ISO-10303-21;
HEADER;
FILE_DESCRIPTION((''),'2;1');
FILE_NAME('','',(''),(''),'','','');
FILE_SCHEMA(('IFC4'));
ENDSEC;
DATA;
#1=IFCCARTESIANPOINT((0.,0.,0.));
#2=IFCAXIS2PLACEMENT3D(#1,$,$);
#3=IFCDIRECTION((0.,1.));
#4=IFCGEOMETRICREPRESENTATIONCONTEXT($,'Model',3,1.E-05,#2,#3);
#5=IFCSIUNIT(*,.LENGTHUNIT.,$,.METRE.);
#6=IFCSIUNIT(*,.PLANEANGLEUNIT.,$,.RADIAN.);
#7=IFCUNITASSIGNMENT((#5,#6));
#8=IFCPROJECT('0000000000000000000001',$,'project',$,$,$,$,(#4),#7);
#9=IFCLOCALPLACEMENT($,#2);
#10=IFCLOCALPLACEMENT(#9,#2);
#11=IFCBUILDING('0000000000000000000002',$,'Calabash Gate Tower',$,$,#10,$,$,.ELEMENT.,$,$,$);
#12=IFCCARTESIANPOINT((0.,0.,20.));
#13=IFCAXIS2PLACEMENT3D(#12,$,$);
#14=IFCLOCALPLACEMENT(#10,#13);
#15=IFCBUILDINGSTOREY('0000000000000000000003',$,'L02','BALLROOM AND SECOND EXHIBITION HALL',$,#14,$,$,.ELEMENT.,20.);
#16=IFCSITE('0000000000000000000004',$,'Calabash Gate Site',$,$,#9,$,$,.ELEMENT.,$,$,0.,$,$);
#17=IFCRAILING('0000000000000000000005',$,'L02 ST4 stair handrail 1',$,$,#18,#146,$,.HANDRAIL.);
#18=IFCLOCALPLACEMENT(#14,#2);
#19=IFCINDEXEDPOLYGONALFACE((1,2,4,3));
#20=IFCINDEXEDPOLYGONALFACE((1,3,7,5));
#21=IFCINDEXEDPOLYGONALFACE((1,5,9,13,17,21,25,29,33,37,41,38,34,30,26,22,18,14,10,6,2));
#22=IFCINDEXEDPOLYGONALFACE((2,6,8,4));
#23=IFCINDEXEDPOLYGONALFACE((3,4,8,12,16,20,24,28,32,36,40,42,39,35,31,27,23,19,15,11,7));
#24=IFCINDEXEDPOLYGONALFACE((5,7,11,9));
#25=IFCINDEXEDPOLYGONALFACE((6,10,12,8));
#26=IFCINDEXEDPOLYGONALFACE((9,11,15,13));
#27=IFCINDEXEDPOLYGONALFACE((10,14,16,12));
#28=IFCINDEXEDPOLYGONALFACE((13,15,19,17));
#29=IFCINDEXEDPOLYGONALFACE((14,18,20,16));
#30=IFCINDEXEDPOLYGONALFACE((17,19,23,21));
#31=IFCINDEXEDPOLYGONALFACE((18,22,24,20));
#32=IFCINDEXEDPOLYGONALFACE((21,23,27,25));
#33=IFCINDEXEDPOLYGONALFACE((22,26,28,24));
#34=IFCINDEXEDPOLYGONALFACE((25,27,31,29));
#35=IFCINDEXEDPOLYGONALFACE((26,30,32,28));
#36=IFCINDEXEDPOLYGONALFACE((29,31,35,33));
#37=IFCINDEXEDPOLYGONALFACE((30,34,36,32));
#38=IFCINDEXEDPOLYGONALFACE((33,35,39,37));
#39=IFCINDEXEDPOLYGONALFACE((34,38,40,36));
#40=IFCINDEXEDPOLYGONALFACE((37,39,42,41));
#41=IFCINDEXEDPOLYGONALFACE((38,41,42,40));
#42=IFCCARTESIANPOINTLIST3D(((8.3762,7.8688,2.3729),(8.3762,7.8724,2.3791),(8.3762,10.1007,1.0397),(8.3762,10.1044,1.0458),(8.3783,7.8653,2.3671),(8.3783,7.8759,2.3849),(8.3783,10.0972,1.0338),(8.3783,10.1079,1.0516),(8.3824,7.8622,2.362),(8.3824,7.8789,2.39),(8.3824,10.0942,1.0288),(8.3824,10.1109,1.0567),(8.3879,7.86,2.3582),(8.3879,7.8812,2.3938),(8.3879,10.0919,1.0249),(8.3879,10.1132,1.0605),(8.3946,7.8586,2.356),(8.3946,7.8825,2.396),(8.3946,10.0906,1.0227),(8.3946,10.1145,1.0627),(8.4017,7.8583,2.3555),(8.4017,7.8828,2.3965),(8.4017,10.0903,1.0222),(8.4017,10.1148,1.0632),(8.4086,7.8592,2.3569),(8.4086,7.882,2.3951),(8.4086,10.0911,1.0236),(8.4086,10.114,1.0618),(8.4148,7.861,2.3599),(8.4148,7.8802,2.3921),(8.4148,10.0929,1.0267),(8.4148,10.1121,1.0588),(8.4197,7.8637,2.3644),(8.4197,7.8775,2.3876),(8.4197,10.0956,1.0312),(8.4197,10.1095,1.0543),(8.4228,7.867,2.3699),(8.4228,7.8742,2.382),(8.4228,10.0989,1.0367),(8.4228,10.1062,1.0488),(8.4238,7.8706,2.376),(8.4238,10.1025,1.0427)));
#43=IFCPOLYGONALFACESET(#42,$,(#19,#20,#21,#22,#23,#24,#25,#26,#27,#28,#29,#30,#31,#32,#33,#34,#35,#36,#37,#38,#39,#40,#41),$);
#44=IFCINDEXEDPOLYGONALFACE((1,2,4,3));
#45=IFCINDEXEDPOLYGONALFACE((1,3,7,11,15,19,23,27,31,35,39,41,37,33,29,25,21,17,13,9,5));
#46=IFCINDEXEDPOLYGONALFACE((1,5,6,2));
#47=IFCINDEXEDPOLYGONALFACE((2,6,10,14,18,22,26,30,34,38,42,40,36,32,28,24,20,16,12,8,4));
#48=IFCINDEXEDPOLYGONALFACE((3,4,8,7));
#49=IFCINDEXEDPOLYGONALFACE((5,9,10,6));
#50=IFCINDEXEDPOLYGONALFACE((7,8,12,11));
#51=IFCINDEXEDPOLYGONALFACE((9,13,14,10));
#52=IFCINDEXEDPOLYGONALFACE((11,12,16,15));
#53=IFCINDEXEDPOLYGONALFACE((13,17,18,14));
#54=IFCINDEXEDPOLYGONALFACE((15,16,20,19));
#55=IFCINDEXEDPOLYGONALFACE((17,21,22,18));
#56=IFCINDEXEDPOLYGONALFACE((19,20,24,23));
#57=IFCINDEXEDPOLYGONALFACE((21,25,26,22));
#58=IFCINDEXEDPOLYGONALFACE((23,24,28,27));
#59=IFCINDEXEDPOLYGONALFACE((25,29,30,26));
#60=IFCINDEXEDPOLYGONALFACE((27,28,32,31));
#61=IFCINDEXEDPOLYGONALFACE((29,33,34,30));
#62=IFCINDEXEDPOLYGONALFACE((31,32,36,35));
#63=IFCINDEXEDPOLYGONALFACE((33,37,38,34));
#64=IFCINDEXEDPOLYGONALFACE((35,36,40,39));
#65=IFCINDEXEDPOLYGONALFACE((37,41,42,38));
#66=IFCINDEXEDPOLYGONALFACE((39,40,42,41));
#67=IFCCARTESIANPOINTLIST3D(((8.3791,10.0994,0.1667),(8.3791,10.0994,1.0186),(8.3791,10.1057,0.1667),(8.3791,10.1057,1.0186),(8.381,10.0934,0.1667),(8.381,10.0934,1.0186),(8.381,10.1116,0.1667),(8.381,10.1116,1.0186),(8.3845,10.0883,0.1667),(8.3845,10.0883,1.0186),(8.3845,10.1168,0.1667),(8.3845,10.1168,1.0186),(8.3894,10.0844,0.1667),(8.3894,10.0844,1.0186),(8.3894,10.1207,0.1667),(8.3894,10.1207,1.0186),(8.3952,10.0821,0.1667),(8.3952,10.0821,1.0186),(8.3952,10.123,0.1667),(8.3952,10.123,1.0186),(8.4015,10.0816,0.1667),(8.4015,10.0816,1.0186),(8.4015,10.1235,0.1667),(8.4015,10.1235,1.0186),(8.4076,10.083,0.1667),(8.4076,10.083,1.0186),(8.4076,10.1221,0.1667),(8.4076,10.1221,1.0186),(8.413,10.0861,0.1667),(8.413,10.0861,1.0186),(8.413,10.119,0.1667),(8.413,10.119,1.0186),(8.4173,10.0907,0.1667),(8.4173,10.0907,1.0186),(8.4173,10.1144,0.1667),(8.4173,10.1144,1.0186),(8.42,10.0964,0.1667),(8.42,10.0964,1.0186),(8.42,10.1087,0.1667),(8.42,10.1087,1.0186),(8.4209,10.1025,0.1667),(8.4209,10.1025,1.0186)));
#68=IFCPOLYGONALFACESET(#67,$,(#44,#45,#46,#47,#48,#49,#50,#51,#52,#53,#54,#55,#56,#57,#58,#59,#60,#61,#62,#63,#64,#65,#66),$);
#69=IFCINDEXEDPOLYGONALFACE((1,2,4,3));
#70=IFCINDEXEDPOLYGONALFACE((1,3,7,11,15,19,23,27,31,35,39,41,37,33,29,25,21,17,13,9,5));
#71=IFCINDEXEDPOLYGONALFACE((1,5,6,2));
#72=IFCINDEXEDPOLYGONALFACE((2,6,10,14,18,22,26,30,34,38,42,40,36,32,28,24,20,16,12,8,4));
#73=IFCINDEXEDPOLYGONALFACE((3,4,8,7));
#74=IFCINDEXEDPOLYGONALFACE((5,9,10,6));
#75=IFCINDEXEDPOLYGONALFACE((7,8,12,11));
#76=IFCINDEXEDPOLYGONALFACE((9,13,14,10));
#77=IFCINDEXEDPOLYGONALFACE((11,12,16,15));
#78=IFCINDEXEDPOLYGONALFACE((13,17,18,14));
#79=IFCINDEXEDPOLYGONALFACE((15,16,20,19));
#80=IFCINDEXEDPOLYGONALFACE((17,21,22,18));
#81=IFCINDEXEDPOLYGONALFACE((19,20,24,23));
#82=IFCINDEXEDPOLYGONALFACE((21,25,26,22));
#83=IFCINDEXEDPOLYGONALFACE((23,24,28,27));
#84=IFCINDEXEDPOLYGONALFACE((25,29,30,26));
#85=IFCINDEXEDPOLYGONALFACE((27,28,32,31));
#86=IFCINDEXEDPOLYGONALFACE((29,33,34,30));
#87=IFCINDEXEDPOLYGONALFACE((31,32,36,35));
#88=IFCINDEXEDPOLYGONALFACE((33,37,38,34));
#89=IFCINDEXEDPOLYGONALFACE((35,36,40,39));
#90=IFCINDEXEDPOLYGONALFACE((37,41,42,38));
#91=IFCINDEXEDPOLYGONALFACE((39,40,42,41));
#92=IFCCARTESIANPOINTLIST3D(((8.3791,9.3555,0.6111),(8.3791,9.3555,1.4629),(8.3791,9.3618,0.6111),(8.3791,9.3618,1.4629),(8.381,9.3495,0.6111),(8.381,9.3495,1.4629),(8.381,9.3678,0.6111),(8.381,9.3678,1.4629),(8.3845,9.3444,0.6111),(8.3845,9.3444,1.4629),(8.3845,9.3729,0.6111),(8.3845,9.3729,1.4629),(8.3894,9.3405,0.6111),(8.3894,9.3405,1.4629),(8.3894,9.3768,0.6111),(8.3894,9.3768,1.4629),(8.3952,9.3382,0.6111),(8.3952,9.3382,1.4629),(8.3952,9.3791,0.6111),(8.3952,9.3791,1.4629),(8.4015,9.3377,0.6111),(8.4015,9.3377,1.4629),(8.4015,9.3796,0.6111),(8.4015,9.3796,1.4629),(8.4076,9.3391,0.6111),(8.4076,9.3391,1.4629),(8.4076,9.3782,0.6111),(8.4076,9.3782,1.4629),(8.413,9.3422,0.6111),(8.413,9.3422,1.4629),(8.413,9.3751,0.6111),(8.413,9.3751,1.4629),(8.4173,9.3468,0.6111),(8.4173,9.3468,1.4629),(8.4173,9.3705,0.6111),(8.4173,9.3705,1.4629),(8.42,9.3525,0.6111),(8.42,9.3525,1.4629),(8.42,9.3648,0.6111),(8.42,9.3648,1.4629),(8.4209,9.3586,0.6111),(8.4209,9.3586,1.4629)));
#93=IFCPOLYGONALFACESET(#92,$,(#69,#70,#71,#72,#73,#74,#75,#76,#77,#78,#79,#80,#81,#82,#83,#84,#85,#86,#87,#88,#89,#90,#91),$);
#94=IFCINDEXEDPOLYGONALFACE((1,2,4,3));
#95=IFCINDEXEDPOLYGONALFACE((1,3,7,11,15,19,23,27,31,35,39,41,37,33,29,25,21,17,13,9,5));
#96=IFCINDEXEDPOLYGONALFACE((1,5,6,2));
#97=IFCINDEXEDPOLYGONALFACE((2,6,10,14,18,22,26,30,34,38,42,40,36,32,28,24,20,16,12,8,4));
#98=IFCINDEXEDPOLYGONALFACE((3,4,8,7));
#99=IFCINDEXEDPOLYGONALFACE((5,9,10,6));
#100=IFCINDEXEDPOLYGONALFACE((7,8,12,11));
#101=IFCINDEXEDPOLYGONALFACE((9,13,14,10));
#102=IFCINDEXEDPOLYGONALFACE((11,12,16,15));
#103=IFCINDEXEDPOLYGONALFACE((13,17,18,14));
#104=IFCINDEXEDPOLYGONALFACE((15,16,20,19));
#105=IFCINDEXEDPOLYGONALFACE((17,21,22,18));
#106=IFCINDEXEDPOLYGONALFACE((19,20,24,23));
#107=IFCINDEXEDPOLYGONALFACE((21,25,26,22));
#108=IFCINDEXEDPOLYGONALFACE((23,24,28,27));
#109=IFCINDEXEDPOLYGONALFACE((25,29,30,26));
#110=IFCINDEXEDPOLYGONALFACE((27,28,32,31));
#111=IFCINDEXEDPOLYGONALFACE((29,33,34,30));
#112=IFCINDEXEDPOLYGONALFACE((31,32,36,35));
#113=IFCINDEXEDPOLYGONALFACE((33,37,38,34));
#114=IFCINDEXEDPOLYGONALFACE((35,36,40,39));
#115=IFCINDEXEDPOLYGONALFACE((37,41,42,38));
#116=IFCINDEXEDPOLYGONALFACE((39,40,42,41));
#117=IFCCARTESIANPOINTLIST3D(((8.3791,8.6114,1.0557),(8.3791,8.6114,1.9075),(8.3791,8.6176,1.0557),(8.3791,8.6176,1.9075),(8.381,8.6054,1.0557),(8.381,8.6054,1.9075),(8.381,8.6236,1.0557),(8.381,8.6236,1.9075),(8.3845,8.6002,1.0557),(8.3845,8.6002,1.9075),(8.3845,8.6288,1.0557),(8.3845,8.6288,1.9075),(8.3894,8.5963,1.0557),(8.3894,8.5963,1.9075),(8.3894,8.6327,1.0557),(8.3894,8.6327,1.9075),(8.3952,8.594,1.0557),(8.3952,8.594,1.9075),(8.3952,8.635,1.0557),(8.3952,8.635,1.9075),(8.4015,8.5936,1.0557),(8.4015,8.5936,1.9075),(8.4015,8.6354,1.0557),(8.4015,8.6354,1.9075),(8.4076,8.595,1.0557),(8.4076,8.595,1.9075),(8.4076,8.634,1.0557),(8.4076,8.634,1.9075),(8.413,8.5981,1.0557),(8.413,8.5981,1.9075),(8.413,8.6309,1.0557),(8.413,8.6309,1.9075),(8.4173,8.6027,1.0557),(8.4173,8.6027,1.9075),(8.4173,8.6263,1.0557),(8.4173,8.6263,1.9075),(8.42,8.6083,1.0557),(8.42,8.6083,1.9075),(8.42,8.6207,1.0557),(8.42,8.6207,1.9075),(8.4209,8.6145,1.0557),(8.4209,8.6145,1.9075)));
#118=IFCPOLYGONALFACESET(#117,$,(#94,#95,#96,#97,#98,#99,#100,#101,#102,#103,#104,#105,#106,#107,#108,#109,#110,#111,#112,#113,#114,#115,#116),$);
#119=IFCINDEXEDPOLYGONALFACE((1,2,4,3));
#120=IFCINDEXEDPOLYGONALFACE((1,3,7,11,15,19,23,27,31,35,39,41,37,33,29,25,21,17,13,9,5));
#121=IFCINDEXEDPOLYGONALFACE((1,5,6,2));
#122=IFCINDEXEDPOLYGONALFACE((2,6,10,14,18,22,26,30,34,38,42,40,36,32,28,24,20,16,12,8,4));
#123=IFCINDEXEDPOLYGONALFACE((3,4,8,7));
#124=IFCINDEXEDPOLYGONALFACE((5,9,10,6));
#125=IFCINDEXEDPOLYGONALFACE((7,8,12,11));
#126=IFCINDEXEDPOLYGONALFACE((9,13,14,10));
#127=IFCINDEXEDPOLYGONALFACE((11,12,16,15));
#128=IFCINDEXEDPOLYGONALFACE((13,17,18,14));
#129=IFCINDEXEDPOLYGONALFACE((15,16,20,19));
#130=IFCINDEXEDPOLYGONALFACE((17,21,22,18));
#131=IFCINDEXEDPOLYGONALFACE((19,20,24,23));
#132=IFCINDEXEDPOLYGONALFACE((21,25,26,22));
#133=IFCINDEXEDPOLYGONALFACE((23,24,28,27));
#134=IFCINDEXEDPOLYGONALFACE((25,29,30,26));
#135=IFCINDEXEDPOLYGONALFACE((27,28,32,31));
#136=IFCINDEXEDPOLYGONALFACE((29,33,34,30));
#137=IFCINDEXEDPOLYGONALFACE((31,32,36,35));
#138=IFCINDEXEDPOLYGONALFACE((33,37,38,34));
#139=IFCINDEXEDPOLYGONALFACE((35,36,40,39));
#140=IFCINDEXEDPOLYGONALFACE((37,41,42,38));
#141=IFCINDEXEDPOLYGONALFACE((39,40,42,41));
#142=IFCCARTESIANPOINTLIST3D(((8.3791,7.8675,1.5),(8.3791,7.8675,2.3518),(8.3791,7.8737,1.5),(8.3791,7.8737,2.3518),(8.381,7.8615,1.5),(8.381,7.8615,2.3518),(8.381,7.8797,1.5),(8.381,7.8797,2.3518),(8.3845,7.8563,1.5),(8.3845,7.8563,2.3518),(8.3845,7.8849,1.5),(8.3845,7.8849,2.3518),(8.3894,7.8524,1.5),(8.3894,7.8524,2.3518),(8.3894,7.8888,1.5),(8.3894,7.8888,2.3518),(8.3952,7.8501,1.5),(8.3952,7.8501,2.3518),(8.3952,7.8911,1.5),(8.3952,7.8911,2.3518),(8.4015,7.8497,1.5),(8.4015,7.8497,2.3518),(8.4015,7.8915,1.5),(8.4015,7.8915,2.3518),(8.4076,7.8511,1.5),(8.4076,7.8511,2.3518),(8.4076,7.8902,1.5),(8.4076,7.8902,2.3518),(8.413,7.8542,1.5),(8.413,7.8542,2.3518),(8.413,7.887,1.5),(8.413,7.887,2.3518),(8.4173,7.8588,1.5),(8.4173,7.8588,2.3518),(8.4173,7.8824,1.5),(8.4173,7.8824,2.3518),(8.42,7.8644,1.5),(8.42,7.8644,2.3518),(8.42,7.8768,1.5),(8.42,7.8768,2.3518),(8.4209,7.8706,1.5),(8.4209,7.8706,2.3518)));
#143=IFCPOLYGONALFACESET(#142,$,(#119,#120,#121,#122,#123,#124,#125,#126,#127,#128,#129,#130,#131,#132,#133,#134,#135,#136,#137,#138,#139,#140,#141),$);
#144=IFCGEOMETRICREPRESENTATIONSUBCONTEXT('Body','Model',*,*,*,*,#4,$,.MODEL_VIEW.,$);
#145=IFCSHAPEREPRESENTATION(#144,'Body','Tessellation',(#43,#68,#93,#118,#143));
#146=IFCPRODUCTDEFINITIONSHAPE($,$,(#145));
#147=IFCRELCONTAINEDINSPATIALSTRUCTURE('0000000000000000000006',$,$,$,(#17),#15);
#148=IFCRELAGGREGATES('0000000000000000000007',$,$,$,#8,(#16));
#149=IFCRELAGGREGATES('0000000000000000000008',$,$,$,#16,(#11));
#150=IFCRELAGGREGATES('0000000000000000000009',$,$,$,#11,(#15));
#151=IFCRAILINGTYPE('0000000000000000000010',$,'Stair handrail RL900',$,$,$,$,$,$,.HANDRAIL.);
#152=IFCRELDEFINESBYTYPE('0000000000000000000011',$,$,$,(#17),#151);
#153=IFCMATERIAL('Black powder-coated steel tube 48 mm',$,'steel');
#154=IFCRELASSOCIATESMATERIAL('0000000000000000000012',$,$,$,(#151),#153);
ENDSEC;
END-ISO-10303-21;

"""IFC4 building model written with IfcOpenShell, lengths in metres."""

from ifc_helpers import new_model, si_unit, direction, frame, origin, origin_2d, place, context, subcontext, project, spatial, circle, extrude, material, type_object, element, save


model = new_model("IFC4")

# Units and contexts
model_context = context("Model", 3, precision=1e-05, world=origin(), true_north=direction((0.0, 1.0)))
body_context = subcontext(model_context, "Body", "Model", "MODEL_VIEW")
ifc_project = project(units=[si_unit("LENGTHUNIT", "METRE"), si_unit("PLANEANGLEUNIT", "RADIAN")], contexts=[model_context])

# Site, building, storey
site_placement = place(None, origin())
site = spatial("IfcSite", under=ifc_project, at=site_placement, Name="Calabash Gate Site", CompositionType="ELEMENT", RefElevation=0.0)
building_placement = place(site_placement, origin())
building = spatial("IfcBuilding", under=site, at=building_placement, Name="Calabash Gate Tower", CompositionType="ELEMENT")
storey_placement = place(building_placement, frame((0.0, 0.0, 20.0)))
storey = spatial("IfcBuildingStorey", under=building, at=storey_placement, Name="L02", Description="BALLROOM AND SECOND EXHIBITION HALL", CompositionType="ELEMENT", Elevation=20.0)

# Railing
ifc_material_1 = material(Name="Black powder-coated steel tube 48 mm", Category="steel")
railing_type_1 = type_object("IfcRailingType", Name="Stair handrail RL900", PredefinedType="HANDRAIL", material=ifc_material_1)
railing_1_placement = place(storey_placement, frame((8.3999, 10.1025, 0.1667)))
element("IfcRailing", 1, at=railing_1_placement, inside=storey, type_object=railing_type_1, Name="L02 ST4 stair handrail 1", PredefinedType="HANDRAIL", context=body_context, shape_type="SweptSolid", body=[
    extrude(circle(Radius=0.0239, at=origin_2d()), frame((0.0, 0.0, 0.876), z_axis=(0.0, -0.858494, 0.512824), x_axis=(1.0, 0.0, 0.0)), (0.0, 0.0, 1.0), 2.5999),
    extrude(circle(Radius=0.021, at=origin_2d()), origin(), (0.0, 0.0, 1.0), 0.8518),
    extrude(circle(Radius=0.021, at=origin_2d()), frame((0.0, -0.7439, 0.4443)), (0.0, 0.0, 1.0), 0.8518),
    extrude(circle(Radius=0.021, at=origin_2d()), frame((0.0, -1.488, 0.8889)), (0.0, 0.0, 1.0), 0.8518),
    extrude(circle(Radius=0.021, at=origin_2d()), frame((0.0, -2.2319, 1.3333)), (0.0, 0.0, 1.0), 0.8518),
])

save(model, "model.ifc")
